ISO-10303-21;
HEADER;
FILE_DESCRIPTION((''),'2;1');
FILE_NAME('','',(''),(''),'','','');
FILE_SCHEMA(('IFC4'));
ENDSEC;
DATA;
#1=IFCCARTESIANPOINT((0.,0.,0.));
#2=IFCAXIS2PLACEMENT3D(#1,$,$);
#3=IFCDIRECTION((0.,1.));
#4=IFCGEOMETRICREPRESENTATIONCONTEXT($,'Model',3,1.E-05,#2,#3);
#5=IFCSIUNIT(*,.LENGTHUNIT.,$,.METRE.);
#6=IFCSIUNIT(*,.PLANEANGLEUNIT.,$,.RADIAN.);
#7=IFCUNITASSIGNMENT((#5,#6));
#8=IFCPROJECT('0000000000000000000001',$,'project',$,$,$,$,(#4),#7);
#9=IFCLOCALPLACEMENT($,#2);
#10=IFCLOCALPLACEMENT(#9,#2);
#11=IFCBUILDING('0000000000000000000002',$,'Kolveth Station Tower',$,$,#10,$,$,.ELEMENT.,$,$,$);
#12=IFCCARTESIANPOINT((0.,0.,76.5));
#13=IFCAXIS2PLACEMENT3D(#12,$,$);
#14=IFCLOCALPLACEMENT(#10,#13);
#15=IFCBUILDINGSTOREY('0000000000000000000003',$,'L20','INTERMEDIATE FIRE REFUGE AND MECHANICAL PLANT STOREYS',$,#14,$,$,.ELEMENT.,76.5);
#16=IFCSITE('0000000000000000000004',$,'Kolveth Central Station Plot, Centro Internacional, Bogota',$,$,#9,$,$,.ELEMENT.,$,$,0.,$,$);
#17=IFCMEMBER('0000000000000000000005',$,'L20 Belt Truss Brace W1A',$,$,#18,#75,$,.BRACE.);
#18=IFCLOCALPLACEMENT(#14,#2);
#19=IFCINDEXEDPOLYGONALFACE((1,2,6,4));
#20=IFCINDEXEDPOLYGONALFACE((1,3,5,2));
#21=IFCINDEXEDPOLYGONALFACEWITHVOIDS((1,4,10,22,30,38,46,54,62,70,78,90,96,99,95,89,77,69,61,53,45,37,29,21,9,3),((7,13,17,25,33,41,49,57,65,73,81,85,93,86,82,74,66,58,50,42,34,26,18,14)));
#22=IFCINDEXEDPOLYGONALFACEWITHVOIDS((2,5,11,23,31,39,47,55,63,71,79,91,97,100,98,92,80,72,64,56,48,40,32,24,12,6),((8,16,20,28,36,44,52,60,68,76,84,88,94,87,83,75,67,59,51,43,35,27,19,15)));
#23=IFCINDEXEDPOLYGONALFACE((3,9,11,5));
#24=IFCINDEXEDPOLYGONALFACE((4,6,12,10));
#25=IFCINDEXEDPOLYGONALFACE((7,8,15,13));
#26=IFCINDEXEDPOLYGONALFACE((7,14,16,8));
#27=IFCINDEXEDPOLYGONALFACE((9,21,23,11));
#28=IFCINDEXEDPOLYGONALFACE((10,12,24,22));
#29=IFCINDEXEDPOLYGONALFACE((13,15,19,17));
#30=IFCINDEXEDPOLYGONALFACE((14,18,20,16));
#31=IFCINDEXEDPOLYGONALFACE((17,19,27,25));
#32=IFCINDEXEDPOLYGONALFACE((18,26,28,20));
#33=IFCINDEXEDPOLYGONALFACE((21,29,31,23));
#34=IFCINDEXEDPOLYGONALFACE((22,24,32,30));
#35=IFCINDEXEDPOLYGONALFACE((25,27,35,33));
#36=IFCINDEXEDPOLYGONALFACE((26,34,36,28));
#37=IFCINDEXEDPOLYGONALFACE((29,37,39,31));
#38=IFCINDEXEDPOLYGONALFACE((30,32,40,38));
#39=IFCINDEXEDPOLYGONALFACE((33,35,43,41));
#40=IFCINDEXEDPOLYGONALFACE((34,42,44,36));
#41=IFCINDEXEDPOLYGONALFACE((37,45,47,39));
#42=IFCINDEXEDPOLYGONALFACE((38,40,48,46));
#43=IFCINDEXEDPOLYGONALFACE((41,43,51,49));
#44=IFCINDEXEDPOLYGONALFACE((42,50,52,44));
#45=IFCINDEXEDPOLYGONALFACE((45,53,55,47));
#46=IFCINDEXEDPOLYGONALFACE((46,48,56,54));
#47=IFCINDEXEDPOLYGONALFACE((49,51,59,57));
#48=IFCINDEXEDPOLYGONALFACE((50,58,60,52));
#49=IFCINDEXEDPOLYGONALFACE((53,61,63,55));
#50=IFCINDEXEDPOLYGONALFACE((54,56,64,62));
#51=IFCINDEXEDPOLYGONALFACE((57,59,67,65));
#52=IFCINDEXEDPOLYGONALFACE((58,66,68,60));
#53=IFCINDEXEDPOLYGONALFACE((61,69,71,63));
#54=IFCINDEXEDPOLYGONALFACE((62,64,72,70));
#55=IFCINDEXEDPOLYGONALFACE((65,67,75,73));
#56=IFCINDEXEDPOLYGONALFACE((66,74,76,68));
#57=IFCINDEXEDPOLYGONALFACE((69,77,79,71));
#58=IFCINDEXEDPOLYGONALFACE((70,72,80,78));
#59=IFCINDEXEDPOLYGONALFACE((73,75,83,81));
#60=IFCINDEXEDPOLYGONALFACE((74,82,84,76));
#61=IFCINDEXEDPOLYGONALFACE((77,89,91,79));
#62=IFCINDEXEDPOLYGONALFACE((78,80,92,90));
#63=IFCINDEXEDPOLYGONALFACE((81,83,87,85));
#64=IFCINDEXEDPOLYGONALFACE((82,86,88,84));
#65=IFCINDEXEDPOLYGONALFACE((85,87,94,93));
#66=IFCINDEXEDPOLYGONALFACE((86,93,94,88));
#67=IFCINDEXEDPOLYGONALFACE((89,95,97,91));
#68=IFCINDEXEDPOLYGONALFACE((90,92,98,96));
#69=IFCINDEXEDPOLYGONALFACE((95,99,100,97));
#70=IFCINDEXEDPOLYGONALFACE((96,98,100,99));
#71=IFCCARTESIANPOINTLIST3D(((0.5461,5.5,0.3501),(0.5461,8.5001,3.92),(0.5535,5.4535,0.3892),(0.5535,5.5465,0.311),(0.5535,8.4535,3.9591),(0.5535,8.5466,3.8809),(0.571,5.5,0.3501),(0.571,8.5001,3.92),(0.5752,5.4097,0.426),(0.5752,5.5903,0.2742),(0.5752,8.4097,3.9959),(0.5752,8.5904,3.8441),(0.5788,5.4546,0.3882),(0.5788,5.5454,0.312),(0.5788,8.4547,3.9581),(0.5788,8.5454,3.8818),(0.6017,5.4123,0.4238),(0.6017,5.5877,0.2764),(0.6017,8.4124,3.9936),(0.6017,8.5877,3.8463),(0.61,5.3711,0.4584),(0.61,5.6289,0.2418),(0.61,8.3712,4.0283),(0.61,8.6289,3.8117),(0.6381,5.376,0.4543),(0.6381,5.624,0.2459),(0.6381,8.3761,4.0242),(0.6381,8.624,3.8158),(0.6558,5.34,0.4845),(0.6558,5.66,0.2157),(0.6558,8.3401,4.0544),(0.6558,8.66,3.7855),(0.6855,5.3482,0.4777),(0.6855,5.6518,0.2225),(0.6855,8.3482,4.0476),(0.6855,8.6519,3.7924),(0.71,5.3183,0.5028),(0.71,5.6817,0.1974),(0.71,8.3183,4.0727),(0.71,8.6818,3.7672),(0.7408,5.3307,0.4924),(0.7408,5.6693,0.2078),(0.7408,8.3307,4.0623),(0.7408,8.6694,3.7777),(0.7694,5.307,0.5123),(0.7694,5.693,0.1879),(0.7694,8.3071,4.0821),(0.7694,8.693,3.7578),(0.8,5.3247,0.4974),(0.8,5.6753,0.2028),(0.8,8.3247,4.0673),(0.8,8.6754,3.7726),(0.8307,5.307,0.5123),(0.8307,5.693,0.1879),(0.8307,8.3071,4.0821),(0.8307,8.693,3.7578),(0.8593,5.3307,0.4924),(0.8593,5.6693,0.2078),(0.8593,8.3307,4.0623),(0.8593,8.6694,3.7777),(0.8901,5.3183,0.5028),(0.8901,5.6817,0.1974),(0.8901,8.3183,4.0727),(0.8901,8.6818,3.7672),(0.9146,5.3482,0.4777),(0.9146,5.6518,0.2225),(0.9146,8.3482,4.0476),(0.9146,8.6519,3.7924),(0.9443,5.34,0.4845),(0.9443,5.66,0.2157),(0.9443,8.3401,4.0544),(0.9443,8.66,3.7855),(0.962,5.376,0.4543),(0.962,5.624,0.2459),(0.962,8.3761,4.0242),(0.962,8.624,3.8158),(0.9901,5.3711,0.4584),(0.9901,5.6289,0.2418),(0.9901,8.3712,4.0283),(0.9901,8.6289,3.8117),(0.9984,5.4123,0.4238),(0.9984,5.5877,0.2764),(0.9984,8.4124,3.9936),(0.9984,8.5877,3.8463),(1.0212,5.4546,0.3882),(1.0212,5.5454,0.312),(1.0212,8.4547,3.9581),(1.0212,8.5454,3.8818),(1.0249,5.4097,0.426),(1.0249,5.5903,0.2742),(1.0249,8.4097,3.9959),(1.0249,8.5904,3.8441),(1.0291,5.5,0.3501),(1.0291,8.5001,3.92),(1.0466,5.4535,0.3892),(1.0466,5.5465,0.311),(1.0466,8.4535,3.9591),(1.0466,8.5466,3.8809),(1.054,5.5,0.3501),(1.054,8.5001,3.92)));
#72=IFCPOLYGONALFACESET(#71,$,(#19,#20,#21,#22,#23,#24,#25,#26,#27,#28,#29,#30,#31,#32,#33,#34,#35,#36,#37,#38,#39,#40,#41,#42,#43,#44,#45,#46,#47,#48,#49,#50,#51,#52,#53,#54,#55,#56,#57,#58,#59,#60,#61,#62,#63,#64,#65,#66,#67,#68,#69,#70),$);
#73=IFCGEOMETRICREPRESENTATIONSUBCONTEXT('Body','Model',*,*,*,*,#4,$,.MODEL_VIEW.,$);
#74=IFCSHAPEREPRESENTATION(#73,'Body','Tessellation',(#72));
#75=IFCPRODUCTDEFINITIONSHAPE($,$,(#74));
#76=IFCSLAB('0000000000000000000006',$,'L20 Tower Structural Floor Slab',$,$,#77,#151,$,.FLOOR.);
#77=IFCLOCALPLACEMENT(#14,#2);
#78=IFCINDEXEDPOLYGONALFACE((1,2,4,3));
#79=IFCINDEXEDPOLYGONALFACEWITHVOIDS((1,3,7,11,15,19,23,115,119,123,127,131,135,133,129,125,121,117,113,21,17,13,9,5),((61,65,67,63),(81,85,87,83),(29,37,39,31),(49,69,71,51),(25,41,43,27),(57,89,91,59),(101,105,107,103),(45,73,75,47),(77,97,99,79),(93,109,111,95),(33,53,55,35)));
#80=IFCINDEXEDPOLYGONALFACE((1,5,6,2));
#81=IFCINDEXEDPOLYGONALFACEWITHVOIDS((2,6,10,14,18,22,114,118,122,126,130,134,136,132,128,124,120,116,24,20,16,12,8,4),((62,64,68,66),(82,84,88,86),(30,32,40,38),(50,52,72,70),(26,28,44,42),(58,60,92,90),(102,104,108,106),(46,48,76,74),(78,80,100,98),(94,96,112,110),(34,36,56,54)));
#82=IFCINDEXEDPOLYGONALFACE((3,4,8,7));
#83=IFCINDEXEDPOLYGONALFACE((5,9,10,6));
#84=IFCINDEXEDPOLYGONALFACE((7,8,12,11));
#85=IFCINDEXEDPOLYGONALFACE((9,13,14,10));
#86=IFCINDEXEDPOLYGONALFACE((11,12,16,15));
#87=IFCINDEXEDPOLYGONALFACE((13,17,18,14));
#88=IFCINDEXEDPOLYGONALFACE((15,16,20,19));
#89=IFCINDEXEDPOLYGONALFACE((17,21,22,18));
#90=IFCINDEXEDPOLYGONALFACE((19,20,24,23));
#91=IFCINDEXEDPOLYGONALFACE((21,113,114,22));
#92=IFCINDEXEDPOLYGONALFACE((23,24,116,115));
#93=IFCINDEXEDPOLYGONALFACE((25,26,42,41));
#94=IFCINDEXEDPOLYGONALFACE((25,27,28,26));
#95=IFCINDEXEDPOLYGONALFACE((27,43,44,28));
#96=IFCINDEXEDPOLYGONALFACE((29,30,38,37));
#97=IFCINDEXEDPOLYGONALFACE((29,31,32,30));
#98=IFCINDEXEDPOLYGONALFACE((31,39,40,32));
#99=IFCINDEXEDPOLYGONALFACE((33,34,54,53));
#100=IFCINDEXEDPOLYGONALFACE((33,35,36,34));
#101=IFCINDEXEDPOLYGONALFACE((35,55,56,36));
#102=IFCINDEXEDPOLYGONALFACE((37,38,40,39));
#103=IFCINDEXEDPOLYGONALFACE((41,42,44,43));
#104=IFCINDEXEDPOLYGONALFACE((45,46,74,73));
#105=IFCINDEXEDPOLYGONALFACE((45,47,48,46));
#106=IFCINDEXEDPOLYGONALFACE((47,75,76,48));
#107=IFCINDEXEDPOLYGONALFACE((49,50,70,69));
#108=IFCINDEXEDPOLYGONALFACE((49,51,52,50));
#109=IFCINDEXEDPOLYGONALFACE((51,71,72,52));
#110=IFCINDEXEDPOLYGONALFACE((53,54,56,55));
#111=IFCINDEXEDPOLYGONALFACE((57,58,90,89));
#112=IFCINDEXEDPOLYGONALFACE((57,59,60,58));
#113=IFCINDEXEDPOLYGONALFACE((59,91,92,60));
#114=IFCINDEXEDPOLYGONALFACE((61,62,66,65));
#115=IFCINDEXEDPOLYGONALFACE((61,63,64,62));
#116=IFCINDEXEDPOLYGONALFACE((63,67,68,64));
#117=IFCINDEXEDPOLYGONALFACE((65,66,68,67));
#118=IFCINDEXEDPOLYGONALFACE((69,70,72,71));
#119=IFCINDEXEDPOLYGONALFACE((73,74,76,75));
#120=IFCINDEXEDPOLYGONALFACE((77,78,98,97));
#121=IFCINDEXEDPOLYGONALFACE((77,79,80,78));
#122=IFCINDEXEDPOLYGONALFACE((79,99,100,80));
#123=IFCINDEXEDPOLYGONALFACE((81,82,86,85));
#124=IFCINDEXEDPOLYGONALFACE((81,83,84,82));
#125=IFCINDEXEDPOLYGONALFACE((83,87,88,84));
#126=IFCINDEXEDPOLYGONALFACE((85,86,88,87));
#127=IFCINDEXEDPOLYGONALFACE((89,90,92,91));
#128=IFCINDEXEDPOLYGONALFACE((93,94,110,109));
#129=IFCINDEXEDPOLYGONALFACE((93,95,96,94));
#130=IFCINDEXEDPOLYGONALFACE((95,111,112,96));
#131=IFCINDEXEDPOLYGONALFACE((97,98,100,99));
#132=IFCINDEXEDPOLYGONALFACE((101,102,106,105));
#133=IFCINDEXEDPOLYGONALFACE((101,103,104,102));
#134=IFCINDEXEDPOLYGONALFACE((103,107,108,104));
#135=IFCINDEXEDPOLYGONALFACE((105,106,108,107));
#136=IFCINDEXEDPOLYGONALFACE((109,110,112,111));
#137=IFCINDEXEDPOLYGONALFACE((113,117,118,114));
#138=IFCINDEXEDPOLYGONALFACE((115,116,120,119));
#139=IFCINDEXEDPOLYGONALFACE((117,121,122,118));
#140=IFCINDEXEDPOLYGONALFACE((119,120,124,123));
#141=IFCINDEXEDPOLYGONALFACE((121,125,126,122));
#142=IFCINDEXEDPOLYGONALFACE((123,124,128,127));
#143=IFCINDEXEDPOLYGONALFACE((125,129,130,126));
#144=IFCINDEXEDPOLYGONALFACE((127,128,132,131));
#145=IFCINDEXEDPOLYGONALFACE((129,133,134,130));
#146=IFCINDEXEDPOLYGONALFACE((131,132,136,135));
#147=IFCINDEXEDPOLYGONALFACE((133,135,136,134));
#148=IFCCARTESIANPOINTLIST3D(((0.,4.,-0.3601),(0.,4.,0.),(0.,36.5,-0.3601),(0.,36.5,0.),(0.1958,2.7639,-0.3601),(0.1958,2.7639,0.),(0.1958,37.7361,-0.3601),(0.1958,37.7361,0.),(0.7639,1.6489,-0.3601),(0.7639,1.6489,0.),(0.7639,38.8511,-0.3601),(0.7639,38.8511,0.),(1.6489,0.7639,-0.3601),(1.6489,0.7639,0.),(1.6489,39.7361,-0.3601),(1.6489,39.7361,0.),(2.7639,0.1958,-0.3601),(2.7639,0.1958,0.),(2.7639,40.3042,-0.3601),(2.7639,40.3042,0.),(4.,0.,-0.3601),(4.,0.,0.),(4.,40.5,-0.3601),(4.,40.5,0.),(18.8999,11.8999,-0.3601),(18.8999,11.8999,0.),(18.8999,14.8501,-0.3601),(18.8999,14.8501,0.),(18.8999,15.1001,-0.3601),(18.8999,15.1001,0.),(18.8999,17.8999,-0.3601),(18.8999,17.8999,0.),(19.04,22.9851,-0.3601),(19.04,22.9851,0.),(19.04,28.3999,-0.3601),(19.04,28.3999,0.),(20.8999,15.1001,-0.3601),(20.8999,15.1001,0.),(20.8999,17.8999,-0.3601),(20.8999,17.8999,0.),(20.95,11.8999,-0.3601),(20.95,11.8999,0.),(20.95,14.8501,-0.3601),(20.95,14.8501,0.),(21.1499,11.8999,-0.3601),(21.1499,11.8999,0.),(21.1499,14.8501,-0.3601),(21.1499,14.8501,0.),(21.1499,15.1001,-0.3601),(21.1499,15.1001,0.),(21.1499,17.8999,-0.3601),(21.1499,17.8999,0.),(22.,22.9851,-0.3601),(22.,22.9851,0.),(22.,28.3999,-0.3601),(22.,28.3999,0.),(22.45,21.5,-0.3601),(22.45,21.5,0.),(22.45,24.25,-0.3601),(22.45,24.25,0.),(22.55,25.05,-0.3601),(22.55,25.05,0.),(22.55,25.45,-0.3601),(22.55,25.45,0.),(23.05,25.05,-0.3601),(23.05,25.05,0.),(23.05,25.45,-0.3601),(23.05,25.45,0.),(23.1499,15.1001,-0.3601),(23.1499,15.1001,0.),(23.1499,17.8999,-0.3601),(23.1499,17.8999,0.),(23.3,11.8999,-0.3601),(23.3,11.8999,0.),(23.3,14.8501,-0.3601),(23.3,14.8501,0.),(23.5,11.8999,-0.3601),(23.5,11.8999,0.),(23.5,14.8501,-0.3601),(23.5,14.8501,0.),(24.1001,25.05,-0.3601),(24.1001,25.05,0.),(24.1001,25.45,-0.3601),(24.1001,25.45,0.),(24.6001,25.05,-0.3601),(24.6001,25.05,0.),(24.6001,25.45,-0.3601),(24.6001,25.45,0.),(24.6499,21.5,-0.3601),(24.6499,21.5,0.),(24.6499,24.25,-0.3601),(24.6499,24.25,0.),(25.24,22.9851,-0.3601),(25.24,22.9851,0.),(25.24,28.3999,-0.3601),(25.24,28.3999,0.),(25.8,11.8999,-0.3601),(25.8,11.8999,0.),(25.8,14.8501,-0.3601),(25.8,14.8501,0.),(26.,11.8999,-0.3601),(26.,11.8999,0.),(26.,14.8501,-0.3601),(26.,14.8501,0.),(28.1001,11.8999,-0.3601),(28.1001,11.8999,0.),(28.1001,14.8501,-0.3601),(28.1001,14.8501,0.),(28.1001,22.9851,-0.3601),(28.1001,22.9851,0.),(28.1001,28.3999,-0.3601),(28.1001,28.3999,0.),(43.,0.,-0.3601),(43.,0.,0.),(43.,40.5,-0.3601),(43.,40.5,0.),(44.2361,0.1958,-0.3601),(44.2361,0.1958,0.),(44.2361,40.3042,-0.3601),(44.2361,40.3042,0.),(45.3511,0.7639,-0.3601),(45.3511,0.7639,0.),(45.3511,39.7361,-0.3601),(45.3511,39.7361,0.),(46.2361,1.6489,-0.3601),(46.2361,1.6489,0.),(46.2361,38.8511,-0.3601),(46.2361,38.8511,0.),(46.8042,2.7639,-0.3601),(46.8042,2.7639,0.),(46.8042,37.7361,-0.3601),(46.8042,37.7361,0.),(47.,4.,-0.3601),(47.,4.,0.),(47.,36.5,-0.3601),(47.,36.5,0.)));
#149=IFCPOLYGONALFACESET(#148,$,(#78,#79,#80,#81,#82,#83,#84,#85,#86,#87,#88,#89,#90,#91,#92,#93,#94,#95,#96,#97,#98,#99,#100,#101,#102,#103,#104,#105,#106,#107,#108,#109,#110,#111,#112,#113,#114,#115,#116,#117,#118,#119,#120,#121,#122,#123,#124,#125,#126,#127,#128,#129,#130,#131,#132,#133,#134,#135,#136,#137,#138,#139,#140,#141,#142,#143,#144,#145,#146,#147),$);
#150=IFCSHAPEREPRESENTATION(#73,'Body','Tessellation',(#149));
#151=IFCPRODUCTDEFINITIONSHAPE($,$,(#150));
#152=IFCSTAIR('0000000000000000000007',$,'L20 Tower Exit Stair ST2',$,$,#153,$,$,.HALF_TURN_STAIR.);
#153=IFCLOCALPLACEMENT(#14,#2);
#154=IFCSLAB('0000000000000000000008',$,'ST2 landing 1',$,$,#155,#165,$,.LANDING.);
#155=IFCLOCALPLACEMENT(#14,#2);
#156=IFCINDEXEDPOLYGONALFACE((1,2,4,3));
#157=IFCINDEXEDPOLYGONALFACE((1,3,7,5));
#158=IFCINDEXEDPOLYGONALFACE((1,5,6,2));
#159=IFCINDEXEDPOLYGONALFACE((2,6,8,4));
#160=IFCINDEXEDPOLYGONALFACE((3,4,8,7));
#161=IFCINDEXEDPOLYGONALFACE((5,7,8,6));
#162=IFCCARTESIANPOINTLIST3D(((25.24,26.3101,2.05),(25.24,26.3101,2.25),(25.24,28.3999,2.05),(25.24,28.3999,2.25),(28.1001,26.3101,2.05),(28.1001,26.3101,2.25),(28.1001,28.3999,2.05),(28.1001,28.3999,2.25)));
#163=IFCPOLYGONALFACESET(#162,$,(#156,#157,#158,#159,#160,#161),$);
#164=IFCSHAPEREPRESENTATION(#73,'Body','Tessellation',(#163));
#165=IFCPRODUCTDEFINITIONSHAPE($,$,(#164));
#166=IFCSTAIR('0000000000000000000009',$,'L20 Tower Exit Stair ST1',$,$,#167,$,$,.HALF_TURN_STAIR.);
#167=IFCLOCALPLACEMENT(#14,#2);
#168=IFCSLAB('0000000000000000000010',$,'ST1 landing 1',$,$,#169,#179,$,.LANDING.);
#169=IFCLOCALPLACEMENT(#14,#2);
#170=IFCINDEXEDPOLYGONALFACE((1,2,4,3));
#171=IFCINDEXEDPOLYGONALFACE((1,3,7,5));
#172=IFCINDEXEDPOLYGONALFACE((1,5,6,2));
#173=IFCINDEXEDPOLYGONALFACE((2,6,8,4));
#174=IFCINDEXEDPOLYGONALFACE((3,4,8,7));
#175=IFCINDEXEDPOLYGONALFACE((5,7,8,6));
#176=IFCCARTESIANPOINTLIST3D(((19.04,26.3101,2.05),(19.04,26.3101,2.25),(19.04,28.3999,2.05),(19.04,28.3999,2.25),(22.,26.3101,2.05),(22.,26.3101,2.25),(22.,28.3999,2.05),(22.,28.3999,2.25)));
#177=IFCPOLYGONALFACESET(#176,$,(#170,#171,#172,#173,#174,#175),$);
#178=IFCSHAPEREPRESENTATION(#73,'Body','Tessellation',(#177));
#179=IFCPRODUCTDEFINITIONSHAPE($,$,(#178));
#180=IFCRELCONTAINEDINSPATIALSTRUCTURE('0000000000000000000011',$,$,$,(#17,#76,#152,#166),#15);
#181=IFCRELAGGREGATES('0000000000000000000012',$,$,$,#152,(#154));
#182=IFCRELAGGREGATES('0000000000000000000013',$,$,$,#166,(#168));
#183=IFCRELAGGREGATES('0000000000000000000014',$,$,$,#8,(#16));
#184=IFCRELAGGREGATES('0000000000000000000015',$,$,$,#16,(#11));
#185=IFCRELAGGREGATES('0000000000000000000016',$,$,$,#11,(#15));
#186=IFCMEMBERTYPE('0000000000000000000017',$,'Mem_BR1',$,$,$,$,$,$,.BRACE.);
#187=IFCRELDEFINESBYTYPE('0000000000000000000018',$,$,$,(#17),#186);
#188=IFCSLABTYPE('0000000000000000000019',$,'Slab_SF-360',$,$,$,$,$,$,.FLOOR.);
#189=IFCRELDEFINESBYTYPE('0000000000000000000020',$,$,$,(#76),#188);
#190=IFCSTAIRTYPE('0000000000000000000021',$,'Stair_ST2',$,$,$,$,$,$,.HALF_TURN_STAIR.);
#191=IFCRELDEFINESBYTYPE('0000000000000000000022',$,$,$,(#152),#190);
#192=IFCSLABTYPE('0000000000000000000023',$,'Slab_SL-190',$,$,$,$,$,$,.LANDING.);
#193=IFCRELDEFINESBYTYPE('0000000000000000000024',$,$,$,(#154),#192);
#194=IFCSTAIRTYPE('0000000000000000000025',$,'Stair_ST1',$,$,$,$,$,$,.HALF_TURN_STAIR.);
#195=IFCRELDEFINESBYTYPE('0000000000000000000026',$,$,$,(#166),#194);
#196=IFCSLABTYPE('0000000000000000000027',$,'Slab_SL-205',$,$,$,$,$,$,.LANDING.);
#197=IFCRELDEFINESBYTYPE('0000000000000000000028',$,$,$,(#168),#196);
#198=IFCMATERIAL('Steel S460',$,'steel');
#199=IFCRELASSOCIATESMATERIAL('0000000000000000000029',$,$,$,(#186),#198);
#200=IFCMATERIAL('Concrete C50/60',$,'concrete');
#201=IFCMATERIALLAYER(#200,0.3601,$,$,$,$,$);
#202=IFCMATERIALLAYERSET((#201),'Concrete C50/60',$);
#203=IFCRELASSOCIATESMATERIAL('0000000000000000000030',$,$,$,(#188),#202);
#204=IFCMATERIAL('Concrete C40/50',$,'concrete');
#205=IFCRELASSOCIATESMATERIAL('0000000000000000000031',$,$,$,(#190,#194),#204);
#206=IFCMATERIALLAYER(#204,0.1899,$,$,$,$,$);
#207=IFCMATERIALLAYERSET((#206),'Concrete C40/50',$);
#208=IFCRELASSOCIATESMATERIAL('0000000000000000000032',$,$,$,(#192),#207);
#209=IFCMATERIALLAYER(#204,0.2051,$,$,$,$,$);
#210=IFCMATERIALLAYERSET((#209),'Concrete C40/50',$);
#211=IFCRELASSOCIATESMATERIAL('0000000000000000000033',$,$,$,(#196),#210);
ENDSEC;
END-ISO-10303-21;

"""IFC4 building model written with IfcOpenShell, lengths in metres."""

from ifc_helpers import new_model, si_unit, direction, frame, origin, origin_2d, place, context, subcontext, project, spatial, polyline, hollow_circle, outline, extrude, source, transform, mapped, material, layer, layer_set, material_profile, profile_set, type_object, element, aggregate, save


model = new_model("IFC4")

# Units and contexts
model_context = context("Model", 3, precision=1e-05, world=origin(), true_north=direction((0.0, 1.0)))
body_context = subcontext(model_context, "Body", "Model", "MODEL_VIEW")
ifc_project = project(units=[si_unit("LENGTHUNIT", "METRE"), si_unit("PLANEANGLEUNIT", "RADIAN")], contexts=[model_context])

# Site, building, storey
site_placement = place(None, origin())
site = spatial("IfcSite", under=ifc_project, at=site_placement, Name="Kolveth Central Station Plot, Centro Internacional, Bogota", CompositionType="ELEMENT", RefElevation=0.0)
building_placement = place(site_placement, origin())
building = spatial("IfcBuilding", under=site, at=building_placement, Name="Kolveth Station Tower", CompositionType="ELEMENT")
storey_placement = place(building_placement, frame((0.0, 0.0, 76.5)))
storey = spatial("IfcBuildingStorey", under=building, at=storey_placement, Name="L20", Description="INTERMEDIATE FIRE REFUGE AND MECHANICAL PLANT STOREYS", CompositionType="ELEMENT", Elevation=76.5)

# Shared definitions
ifc_material_1 = material(Name="Steel S460", Category="steel")

# Member
ifc_material_profile_1 = material_profile(ifc_material_1, hollow_circle(Radius=0.2539, WallThickness=0.0249, at=origin_2d()), Name="CHS508x25")
ifc_profile_set_1 = profile_set([ifc_material_profile_1], Name="Steel S460")
member_type_1 = type_object("IfcMemberType", Name="Mem_BR1", PredefinedType="BRACE", material=ifc_profile_set_1)
shared_shape_1 = source(origin(), body_context, "Body", "SweptSolid", [
    extrude(hollow_circle(Radius=0.2539, WallThickness=0.0249, at=origin_2d()), origin(), (0.0, 0.0, 1.0), 4.6631),
])
member_1_placement = place(storey_placement, frame((0.8, 5.5, 0.3501), z_axis=(0.0, 0.643362, 0.765563), x_axis=(-1.0, 0.0, 0.0)))
element("IfcMember", 1, at=member_1_placement, inside=storey, type_object=member_type_1, Name="L20 Belt Truss Brace W1A", PredefinedType="BRACE", context=body_context, shape_type="MappedRepresentation", body=[
    mapped(shared_shape_1, transform((0.0, 0.0, 0.0), x_axis=(1.0, 0.0, 0.0), y_axis=(0.0, 1.0, 0.0), z_axis=(0.0, 0.0, 1.0), scale=1.0)),
])

# Slab
ifc_material_2 = material(Name="Concrete C50/60", Category="concrete")
ifc_layer_1 = layer(ifc_material_2, 0.3601)
ifc_layer_set_1 = layer_set([ifc_layer_1], Name="Concrete C50/60")
slab_type_1 = type_object("IfcSlabType", Name="Slab_SF-360", PredefinedType="FLOOR", material=ifc_layer_set_1)
slab_1_placement = place(storey_placement, frame((0.0, 0.0, -0.3601)))
element("IfcSlab", 2, at=slab_1_placement, inside=storey, type_object=slab_type_1, Name="L20 Tower Structural Floor Slab", PredefinedType="FLOOR", context=body_context, shape_type="SweptSolid", body=[
    extrude(outline(polyline([(43.0, 0.0), (44.2361, 0.1958), (45.3511, 0.7639), (46.2361, 1.6489), (46.8042, 2.7639), (47.0, 4.0), (47.0, 36.5), (46.8042, 37.7361), (46.2361, 38.8511), (45.3511, 39.7361), (44.2361, 40.3042), (43.0, 40.5), (4.0, 40.5), (2.7639, 40.3042), (1.6489, 39.7361), (0.7639, 38.8511), (0.1958, 37.7361), (0.0, 36.5), (0.0, 4.0), (0.1958, 2.7639), (0.7639, 1.6489), (1.6489, 0.7639), (2.7639, 0.1958), (4.0, 0.0), (43.0, 0.0)]), holes=[polyline([(19.04, 22.9851), (22.0, 22.9851), (22.0, 28.3999), (19.04, 28.3999), (19.04, 22.9851)]), polyline([(25.24, 22.9851), (28.1001, 22.9851), (28.1001, 28.3999), (25.24, 28.3999), (25.24, 22.9851)]), polyline([(18.8999, 15.1001), (20.8999, 15.1001), (20.8999, 17.8999), (18.8999, 17.8999), (18.8999, 15.1001)]), polyline([(21.1499, 15.1001), (23.1499, 15.1001), (23.1499, 17.8999), (21.1499, 17.8999), (21.1499, 15.1001)]), polyline([(22.45, 21.5), (24.6499, 21.5), (24.6499, 24.25), (22.45, 24.25), (22.45, 21.5)]), polyline([(18.8999, 11.8999), (20.95, 11.8999), (20.95, 14.8501), (18.8999, 14.8501), (18.8999, 11.8999)]), polyline([(21.1499, 11.8999), (23.3, 11.8999), (23.3, 14.8501), (21.1499, 14.8501), (21.1499, 11.8999)]), polyline([(23.5, 11.8999), (25.8, 11.8999), (25.8, 14.8501), (23.5, 14.8501), (23.5, 11.8999)]), polyline([(26.0, 11.8999), (28.1001, 11.8999), (28.1001, 14.8501), (26.0, 14.8501), (26.0, 11.8999)]), polyline([(22.55, 25.05), (23.05, 25.05), (23.05, 25.45), (22.55, 25.45), (22.55, 25.05)]), polyline([(24.1001, 25.05), (24.6001, 25.05), (24.6001, 25.45), (24.1001, 25.45), (24.1001, 25.05)])]), origin(), (0.0, 0.0, 1.0), 0.3601),
])

# Stairs, slabs
ifc_material_3 = material(Name="Concrete C40/50", Category="concrete")
stair_type_1 = type_object("IfcStairType", Name="Stair_ST2", PredefinedType="HALF_TURN_STAIR", material=ifc_material_3)
stair_1_placement = place(storey_placement, origin())
stair_1 = element("IfcStair", 3, at=stair_1_placement, inside=storey, type_object=stair_type_1, Name="L20 Tower Exit Stair ST2", PredefinedType="HALF_TURN_STAIR")
ifc_layer_2 = layer(ifc_material_3, 0.1899)
ifc_layer_set_2 = layer_set([ifc_layer_2], Name="Concrete C40/50")
slab_type_2 = type_object("IfcSlabType", Name="Slab_SL-190", PredefinedType="LANDING", material=ifc_layer_set_2)
slab_2_placement = place(storey_placement, frame((0.0, 0.0, 2.05)))
slab_2 = element("IfcSlab", 4, at=slab_2_placement, type_object=slab_type_2, Name="ST2 landing 1", PredefinedType="LANDING", context=body_context, shape_type="SweptSolid", body=[
    extrude(outline(polyline([(28.1001, 26.3101), (28.1001, 28.3999), (25.24, 28.3999), (25.24, 26.3101), (28.1001, 26.3101)])), origin(), (0.0, 0.0, 1.0), 0.2),
])
aggregate(stair_1, [slab_2])
stair_type_2 = type_object("IfcStairType", Name="Stair_ST1", PredefinedType="HALF_TURN_STAIR", material=ifc_material_3)
stair_2_placement = place(storey_placement, origin())
stair_2 = element("IfcStair", 5, at=stair_2_placement, inside=storey, type_object=stair_type_2, Name="L20 Tower Exit Stair ST1", PredefinedType="HALF_TURN_STAIR")
ifc_layer_3 = layer(ifc_material_3, 0.2051)
ifc_layer_set_3 = layer_set([ifc_layer_3], Name="Concrete C40/50")
slab_type_3 = type_object("IfcSlabType", Name="Slab_SL-205", PredefinedType="LANDING", material=ifc_layer_set_3)
slab_3_placement = place(storey_placement, frame((0.0, 0.0, 2.05)))
slab_3 = element("IfcSlab", 6, at=slab_3_placement, type_object=slab_type_3, Name="ST1 landing 1", PredefinedType="LANDING", context=body_context, shape_type="SweptSolid", body=[
    extrude(outline(polyline([(22.0, 26.3101), (22.0, 28.3999), (19.04, 28.3999), (19.04, 26.3101), (22.0, 26.3101)])), origin(), (0.0, 0.0, 1.0), 0.2),
])
aggregate(stair_2, [slab_3])

save(model, "model.ifc")
